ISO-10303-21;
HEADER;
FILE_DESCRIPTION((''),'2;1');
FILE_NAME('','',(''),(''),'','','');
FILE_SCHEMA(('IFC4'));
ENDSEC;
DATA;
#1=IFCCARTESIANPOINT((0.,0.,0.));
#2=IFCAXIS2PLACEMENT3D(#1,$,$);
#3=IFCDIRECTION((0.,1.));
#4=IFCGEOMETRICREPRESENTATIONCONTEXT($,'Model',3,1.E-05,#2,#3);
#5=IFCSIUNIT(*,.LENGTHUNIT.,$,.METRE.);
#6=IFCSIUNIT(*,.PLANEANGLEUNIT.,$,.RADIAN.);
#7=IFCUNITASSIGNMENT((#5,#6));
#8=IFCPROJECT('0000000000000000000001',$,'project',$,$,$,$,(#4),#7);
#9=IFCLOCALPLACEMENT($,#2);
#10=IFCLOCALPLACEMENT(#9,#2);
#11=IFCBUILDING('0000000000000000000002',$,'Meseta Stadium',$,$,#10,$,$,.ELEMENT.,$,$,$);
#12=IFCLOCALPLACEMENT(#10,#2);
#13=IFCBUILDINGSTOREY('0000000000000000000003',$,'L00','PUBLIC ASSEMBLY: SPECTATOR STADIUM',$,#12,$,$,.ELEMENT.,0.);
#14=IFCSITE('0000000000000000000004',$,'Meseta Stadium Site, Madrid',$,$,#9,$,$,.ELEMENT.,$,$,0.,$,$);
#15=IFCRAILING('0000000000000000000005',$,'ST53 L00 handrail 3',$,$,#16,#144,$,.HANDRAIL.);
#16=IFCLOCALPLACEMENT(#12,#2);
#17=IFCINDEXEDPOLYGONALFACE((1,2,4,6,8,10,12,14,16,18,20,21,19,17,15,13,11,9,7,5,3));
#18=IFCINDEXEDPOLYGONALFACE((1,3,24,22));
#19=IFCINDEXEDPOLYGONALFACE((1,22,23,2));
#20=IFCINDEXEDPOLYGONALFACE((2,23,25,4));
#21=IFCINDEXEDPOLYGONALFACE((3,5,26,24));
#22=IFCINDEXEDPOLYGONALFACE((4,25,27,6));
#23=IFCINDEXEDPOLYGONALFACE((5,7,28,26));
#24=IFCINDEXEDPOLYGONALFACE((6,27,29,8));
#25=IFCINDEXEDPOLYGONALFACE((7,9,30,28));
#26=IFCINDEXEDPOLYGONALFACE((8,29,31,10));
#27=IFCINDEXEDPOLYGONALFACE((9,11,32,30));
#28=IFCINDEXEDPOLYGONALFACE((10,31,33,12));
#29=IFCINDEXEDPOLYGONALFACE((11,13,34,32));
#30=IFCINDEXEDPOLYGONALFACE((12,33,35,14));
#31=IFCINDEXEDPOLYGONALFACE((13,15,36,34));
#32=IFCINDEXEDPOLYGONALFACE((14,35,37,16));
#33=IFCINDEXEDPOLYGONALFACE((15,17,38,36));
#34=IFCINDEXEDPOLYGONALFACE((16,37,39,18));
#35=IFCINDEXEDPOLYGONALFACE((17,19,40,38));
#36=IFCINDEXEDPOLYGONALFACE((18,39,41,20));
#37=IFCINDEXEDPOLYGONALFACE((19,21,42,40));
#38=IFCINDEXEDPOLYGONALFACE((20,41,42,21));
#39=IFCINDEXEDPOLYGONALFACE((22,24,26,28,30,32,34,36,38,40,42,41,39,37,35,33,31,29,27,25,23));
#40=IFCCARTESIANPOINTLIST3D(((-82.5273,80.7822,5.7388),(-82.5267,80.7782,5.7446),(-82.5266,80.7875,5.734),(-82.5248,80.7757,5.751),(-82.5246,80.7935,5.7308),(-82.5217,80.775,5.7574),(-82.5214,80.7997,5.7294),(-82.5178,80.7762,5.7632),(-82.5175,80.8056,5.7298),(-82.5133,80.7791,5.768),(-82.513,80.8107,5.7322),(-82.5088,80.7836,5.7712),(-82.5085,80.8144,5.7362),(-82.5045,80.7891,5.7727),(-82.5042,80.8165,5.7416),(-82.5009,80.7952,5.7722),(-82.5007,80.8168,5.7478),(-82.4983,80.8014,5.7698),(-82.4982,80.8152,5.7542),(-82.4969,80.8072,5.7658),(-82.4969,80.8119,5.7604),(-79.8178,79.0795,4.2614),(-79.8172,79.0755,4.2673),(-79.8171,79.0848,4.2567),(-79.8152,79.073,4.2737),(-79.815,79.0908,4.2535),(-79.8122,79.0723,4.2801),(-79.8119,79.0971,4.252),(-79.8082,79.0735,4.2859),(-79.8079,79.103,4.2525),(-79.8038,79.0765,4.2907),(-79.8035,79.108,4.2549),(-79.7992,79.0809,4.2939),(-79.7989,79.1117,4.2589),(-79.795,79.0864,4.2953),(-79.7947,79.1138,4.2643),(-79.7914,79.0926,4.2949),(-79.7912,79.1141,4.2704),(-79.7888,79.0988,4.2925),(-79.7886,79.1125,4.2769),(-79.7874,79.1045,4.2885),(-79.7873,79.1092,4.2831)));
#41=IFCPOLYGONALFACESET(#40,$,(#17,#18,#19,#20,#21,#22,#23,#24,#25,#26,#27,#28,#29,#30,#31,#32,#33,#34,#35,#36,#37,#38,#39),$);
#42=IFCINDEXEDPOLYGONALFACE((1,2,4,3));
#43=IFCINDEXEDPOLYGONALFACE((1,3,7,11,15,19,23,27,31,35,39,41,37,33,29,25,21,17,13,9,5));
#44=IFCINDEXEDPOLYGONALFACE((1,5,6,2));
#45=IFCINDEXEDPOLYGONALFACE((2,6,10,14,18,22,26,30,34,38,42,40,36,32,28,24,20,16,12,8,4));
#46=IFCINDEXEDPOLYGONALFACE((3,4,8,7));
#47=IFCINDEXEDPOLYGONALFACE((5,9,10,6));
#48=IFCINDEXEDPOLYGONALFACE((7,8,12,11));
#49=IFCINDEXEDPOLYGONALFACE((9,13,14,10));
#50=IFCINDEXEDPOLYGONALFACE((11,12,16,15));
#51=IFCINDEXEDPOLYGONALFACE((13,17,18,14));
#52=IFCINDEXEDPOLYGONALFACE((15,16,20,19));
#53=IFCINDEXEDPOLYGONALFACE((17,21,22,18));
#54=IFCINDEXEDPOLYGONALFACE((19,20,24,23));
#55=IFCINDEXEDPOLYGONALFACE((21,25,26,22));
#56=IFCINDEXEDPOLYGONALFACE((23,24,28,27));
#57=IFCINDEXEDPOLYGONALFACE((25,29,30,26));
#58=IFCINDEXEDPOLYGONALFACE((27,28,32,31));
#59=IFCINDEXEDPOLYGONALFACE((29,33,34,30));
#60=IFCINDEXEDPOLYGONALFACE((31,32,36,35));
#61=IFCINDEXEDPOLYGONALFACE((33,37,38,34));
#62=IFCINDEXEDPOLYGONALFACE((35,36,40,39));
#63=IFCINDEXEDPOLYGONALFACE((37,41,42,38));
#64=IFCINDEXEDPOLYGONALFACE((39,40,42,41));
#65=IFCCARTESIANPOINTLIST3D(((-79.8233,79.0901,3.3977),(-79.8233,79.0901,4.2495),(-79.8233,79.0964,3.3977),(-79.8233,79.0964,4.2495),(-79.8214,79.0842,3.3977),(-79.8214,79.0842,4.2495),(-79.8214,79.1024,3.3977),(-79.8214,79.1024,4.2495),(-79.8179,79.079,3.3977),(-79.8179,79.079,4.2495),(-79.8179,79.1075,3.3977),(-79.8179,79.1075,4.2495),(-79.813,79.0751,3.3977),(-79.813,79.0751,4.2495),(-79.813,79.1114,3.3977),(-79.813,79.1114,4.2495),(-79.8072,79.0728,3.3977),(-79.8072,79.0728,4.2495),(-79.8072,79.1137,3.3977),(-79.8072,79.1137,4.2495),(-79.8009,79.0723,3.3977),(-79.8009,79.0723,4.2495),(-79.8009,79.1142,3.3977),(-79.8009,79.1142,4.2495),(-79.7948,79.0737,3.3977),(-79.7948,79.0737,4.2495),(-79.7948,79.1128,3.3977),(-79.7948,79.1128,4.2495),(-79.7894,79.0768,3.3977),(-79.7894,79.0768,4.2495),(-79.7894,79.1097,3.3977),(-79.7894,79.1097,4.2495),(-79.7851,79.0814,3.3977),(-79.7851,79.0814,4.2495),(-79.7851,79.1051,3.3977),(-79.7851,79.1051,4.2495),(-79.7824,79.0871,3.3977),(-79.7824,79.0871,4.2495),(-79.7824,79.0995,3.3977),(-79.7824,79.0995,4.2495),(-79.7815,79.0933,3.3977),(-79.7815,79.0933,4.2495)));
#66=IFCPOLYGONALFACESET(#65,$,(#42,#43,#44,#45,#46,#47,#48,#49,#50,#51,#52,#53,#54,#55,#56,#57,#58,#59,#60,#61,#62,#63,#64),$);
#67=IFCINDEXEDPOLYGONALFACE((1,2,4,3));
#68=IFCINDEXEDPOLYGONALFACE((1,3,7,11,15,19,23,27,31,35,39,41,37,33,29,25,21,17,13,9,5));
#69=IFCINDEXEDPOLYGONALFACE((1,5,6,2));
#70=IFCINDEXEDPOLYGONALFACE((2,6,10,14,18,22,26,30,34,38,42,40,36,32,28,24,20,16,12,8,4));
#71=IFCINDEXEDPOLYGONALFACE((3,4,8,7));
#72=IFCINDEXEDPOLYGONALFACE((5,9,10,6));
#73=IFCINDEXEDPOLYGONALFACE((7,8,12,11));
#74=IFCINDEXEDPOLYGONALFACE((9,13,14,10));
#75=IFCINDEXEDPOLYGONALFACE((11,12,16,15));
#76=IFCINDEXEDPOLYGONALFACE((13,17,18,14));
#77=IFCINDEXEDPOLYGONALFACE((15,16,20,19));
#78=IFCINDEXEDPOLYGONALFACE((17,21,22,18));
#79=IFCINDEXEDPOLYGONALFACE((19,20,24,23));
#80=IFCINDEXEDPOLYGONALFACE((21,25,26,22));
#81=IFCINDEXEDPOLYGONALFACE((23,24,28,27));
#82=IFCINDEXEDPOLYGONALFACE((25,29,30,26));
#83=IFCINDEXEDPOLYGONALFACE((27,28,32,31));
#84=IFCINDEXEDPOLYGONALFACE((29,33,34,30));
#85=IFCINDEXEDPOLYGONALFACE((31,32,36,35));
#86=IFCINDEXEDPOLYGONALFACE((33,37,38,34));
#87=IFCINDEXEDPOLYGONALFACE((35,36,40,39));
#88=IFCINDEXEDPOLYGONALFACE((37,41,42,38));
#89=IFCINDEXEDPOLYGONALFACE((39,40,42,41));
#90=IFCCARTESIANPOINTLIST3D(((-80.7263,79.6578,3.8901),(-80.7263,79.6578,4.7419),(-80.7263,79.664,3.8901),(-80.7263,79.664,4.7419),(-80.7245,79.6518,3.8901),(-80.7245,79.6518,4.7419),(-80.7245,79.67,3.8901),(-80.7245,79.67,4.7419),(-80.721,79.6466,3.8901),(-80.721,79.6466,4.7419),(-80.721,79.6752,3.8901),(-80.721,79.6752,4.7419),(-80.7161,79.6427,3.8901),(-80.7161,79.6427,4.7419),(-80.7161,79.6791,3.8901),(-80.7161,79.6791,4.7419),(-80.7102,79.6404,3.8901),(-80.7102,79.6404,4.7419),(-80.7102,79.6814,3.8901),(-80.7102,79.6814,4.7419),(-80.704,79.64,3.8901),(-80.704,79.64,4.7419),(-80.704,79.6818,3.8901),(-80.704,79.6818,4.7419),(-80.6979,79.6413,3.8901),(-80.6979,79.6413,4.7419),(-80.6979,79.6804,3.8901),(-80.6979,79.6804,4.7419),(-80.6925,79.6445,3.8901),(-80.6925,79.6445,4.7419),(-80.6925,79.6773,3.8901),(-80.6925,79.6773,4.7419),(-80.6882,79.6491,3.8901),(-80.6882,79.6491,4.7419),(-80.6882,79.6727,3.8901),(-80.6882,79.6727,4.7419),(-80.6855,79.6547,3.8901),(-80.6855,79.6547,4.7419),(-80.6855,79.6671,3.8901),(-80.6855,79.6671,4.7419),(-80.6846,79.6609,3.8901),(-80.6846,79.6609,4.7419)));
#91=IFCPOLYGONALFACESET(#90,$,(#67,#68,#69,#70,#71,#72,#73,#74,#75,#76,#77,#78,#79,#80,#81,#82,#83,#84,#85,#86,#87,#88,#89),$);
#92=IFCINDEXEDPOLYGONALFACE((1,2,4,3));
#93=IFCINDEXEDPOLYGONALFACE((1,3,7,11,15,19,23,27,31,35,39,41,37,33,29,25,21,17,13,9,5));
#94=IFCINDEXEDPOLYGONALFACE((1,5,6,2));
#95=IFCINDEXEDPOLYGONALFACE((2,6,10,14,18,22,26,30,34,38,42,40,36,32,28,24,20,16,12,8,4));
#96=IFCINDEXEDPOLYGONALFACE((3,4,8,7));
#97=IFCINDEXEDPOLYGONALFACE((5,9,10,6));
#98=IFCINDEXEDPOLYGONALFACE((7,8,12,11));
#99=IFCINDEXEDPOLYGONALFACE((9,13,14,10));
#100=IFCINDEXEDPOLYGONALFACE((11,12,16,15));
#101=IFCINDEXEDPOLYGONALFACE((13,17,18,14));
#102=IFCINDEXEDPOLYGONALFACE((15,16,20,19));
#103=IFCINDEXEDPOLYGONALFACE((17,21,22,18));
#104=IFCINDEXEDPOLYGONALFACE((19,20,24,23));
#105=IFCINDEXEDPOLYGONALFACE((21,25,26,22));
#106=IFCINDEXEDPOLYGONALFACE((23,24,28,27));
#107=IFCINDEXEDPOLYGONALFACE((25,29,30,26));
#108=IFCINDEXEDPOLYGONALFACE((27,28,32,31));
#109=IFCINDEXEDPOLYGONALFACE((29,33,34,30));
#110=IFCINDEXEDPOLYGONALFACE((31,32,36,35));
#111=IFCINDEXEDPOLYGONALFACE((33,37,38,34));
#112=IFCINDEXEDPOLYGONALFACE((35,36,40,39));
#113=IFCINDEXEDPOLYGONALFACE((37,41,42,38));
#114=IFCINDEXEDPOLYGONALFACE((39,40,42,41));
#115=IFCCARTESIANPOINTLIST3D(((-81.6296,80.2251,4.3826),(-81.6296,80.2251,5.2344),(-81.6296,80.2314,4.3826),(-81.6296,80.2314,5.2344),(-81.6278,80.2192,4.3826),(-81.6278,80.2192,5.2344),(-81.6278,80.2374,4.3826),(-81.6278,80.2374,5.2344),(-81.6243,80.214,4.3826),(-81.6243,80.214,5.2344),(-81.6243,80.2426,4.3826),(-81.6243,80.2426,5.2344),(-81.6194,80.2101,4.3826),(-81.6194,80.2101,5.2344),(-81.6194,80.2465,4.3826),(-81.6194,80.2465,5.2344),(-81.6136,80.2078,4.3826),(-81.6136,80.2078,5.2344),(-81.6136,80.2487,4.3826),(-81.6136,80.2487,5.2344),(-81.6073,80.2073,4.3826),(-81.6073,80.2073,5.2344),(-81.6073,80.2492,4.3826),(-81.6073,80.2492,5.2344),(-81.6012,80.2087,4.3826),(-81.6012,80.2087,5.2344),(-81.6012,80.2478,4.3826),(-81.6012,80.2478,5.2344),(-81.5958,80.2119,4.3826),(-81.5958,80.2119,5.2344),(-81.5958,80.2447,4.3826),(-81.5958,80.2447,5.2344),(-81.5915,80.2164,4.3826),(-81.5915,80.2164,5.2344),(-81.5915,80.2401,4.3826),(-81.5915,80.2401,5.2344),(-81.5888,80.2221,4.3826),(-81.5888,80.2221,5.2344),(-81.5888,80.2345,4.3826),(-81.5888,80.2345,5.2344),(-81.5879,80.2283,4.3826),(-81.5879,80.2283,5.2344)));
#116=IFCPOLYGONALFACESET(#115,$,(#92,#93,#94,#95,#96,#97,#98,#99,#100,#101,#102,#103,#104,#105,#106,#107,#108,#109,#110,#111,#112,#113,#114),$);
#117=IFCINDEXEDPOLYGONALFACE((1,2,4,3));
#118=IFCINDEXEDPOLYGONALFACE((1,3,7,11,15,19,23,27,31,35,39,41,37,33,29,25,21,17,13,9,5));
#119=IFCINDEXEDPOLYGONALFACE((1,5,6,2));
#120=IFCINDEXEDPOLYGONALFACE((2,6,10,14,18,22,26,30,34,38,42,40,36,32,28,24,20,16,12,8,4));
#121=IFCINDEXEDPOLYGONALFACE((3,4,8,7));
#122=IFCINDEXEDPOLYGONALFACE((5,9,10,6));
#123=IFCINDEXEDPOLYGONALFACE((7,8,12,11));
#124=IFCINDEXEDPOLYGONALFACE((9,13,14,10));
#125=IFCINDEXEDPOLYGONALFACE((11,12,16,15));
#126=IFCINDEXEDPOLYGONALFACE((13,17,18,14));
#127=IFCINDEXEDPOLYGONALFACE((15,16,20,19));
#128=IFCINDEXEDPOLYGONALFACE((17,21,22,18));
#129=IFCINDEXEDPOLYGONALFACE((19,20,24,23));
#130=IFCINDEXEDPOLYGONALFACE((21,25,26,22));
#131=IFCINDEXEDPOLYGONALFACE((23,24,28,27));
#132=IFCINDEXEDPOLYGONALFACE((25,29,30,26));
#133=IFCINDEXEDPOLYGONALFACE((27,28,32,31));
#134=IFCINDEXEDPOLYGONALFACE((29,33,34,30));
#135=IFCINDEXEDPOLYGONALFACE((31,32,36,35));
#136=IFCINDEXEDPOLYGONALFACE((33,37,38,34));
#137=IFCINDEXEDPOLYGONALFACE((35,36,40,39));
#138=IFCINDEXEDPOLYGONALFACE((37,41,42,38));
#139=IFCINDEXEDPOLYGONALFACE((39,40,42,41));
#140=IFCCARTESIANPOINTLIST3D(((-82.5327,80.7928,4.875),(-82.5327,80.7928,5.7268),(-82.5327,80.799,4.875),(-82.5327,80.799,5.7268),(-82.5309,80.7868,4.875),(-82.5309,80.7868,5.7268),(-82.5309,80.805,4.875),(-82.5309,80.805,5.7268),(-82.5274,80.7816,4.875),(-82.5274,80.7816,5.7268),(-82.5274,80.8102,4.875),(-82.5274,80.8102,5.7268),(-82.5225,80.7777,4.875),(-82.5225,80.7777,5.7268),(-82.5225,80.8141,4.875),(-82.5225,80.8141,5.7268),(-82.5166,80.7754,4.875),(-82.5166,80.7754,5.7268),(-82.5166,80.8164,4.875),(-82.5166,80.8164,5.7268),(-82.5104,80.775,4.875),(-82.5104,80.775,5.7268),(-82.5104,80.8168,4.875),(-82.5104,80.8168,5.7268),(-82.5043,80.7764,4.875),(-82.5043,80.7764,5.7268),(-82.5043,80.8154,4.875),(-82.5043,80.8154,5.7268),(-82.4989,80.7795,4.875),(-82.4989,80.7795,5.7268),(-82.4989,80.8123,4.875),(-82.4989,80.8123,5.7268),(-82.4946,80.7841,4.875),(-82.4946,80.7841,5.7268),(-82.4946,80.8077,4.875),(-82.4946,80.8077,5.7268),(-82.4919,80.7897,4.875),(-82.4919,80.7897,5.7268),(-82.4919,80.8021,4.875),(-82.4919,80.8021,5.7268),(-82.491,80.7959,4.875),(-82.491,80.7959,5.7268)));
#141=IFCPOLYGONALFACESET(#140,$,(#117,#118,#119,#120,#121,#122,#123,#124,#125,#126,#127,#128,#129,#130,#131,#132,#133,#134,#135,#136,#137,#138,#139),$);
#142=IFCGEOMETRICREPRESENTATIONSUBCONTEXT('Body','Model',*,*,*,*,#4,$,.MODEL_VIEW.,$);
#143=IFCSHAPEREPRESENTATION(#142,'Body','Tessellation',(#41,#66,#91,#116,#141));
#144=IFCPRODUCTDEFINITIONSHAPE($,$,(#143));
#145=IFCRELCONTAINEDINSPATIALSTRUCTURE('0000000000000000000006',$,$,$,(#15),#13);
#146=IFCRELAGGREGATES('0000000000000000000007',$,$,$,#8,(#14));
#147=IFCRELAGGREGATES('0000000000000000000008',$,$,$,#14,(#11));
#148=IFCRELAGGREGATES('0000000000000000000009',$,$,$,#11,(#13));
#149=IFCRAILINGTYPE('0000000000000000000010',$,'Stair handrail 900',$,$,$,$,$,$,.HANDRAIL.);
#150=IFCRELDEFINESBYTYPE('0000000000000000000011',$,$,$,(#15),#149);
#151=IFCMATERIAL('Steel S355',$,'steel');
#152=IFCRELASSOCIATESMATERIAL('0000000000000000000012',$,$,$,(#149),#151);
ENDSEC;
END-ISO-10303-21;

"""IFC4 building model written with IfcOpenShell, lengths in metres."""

from ifc_helpers import new_model, si_unit, direction, frame, origin, origin_2d, place, context, subcontext, project, spatial, circle, extrude, material, type_object, element, save


model = new_model("IFC4")

# Units and contexts
model_context = context("Model", 3, precision=1e-05, world=origin(), true_north=direction((0.0, 1.0)))
body_context = subcontext(model_context, "Body", "Model", "MODEL_VIEW")
ifc_project = project(units=[si_unit("LENGTHUNIT", "METRE"), si_unit("PLANEANGLEUNIT", "RADIAN")], contexts=[model_context])

# Site, building, storey
site_placement = place(None, origin())
site = spatial("IfcSite", under=ifc_project, at=site_placement, Name="Meseta Stadium Site, Madrid", CompositionType="ELEMENT", RefElevation=0.0)
building_placement = place(site_placement, origin())
building = spatial("IfcBuilding", under=site, at=building_placement, Name="Meseta Stadium", CompositionType="ELEMENT")
storey_placement = place(building_placement, origin())
storey = spatial("IfcBuildingStorey", under=building, at=storey_placement, Name="L00", Description="PUBLIC ASSEMBLY: SPECTATOR STADIUM", CompositionType="ELEMENT", Elevation=0.0)

# Railing
ifc_material_1 = material(Name="Steel S355", Category="steel")
railing_type_1 = type_object("IfcRailingType", Name="Stair handrail 900", PredefinedType="HANDRAIL", material=ifc_material_1)
for number, where, name in (
    (1, (-79.8025, 79.0933, 3.3977), "ST53 L00 handrail 3"),
):
    element("IfcRailing", number, at=place(storey_placement, frame(where)), inside=storey, type_object=railing_type_1, Name=name, PredefinedType="HANDRAIL", context=body_context, shape_type="SweptSolid", body=[
        extrude(circle(Radius=0.0239, at=origin_2d()), frame((0.0, 0.0, 0.876), z_axis=(-0.768738, 0.483076, 0.419142), x_axis=(-0.532068, -0.846701, 0.0)), (0.0, 0.0, 1.0), 3.5247),
        extrude(circle(Radius=0.021, at=origin_2d()), origin(), (0.0, 0.0, 1.0), 0.8518),
        extrude(circle(Radius=0.021, at=origin_2d()), frame((-0.9031, 0.5676, 0.4924)), (0.0, 0.0, 1.0), 0.8518),
        extrude(circle(Radius=0.021, at=origin_2d()), frame((-1.8064, 1.135, 0.9849)), (0.0, 0.0, 1.0), 0.8518),
        extrude(circle(Radius=0.021, at=origin_2d()), frame((-2.7095, 1.7026, 1.4773)), (0.0, 0.0, 1.0), 0.8518),
    ])

save(model, "model.ifc")
